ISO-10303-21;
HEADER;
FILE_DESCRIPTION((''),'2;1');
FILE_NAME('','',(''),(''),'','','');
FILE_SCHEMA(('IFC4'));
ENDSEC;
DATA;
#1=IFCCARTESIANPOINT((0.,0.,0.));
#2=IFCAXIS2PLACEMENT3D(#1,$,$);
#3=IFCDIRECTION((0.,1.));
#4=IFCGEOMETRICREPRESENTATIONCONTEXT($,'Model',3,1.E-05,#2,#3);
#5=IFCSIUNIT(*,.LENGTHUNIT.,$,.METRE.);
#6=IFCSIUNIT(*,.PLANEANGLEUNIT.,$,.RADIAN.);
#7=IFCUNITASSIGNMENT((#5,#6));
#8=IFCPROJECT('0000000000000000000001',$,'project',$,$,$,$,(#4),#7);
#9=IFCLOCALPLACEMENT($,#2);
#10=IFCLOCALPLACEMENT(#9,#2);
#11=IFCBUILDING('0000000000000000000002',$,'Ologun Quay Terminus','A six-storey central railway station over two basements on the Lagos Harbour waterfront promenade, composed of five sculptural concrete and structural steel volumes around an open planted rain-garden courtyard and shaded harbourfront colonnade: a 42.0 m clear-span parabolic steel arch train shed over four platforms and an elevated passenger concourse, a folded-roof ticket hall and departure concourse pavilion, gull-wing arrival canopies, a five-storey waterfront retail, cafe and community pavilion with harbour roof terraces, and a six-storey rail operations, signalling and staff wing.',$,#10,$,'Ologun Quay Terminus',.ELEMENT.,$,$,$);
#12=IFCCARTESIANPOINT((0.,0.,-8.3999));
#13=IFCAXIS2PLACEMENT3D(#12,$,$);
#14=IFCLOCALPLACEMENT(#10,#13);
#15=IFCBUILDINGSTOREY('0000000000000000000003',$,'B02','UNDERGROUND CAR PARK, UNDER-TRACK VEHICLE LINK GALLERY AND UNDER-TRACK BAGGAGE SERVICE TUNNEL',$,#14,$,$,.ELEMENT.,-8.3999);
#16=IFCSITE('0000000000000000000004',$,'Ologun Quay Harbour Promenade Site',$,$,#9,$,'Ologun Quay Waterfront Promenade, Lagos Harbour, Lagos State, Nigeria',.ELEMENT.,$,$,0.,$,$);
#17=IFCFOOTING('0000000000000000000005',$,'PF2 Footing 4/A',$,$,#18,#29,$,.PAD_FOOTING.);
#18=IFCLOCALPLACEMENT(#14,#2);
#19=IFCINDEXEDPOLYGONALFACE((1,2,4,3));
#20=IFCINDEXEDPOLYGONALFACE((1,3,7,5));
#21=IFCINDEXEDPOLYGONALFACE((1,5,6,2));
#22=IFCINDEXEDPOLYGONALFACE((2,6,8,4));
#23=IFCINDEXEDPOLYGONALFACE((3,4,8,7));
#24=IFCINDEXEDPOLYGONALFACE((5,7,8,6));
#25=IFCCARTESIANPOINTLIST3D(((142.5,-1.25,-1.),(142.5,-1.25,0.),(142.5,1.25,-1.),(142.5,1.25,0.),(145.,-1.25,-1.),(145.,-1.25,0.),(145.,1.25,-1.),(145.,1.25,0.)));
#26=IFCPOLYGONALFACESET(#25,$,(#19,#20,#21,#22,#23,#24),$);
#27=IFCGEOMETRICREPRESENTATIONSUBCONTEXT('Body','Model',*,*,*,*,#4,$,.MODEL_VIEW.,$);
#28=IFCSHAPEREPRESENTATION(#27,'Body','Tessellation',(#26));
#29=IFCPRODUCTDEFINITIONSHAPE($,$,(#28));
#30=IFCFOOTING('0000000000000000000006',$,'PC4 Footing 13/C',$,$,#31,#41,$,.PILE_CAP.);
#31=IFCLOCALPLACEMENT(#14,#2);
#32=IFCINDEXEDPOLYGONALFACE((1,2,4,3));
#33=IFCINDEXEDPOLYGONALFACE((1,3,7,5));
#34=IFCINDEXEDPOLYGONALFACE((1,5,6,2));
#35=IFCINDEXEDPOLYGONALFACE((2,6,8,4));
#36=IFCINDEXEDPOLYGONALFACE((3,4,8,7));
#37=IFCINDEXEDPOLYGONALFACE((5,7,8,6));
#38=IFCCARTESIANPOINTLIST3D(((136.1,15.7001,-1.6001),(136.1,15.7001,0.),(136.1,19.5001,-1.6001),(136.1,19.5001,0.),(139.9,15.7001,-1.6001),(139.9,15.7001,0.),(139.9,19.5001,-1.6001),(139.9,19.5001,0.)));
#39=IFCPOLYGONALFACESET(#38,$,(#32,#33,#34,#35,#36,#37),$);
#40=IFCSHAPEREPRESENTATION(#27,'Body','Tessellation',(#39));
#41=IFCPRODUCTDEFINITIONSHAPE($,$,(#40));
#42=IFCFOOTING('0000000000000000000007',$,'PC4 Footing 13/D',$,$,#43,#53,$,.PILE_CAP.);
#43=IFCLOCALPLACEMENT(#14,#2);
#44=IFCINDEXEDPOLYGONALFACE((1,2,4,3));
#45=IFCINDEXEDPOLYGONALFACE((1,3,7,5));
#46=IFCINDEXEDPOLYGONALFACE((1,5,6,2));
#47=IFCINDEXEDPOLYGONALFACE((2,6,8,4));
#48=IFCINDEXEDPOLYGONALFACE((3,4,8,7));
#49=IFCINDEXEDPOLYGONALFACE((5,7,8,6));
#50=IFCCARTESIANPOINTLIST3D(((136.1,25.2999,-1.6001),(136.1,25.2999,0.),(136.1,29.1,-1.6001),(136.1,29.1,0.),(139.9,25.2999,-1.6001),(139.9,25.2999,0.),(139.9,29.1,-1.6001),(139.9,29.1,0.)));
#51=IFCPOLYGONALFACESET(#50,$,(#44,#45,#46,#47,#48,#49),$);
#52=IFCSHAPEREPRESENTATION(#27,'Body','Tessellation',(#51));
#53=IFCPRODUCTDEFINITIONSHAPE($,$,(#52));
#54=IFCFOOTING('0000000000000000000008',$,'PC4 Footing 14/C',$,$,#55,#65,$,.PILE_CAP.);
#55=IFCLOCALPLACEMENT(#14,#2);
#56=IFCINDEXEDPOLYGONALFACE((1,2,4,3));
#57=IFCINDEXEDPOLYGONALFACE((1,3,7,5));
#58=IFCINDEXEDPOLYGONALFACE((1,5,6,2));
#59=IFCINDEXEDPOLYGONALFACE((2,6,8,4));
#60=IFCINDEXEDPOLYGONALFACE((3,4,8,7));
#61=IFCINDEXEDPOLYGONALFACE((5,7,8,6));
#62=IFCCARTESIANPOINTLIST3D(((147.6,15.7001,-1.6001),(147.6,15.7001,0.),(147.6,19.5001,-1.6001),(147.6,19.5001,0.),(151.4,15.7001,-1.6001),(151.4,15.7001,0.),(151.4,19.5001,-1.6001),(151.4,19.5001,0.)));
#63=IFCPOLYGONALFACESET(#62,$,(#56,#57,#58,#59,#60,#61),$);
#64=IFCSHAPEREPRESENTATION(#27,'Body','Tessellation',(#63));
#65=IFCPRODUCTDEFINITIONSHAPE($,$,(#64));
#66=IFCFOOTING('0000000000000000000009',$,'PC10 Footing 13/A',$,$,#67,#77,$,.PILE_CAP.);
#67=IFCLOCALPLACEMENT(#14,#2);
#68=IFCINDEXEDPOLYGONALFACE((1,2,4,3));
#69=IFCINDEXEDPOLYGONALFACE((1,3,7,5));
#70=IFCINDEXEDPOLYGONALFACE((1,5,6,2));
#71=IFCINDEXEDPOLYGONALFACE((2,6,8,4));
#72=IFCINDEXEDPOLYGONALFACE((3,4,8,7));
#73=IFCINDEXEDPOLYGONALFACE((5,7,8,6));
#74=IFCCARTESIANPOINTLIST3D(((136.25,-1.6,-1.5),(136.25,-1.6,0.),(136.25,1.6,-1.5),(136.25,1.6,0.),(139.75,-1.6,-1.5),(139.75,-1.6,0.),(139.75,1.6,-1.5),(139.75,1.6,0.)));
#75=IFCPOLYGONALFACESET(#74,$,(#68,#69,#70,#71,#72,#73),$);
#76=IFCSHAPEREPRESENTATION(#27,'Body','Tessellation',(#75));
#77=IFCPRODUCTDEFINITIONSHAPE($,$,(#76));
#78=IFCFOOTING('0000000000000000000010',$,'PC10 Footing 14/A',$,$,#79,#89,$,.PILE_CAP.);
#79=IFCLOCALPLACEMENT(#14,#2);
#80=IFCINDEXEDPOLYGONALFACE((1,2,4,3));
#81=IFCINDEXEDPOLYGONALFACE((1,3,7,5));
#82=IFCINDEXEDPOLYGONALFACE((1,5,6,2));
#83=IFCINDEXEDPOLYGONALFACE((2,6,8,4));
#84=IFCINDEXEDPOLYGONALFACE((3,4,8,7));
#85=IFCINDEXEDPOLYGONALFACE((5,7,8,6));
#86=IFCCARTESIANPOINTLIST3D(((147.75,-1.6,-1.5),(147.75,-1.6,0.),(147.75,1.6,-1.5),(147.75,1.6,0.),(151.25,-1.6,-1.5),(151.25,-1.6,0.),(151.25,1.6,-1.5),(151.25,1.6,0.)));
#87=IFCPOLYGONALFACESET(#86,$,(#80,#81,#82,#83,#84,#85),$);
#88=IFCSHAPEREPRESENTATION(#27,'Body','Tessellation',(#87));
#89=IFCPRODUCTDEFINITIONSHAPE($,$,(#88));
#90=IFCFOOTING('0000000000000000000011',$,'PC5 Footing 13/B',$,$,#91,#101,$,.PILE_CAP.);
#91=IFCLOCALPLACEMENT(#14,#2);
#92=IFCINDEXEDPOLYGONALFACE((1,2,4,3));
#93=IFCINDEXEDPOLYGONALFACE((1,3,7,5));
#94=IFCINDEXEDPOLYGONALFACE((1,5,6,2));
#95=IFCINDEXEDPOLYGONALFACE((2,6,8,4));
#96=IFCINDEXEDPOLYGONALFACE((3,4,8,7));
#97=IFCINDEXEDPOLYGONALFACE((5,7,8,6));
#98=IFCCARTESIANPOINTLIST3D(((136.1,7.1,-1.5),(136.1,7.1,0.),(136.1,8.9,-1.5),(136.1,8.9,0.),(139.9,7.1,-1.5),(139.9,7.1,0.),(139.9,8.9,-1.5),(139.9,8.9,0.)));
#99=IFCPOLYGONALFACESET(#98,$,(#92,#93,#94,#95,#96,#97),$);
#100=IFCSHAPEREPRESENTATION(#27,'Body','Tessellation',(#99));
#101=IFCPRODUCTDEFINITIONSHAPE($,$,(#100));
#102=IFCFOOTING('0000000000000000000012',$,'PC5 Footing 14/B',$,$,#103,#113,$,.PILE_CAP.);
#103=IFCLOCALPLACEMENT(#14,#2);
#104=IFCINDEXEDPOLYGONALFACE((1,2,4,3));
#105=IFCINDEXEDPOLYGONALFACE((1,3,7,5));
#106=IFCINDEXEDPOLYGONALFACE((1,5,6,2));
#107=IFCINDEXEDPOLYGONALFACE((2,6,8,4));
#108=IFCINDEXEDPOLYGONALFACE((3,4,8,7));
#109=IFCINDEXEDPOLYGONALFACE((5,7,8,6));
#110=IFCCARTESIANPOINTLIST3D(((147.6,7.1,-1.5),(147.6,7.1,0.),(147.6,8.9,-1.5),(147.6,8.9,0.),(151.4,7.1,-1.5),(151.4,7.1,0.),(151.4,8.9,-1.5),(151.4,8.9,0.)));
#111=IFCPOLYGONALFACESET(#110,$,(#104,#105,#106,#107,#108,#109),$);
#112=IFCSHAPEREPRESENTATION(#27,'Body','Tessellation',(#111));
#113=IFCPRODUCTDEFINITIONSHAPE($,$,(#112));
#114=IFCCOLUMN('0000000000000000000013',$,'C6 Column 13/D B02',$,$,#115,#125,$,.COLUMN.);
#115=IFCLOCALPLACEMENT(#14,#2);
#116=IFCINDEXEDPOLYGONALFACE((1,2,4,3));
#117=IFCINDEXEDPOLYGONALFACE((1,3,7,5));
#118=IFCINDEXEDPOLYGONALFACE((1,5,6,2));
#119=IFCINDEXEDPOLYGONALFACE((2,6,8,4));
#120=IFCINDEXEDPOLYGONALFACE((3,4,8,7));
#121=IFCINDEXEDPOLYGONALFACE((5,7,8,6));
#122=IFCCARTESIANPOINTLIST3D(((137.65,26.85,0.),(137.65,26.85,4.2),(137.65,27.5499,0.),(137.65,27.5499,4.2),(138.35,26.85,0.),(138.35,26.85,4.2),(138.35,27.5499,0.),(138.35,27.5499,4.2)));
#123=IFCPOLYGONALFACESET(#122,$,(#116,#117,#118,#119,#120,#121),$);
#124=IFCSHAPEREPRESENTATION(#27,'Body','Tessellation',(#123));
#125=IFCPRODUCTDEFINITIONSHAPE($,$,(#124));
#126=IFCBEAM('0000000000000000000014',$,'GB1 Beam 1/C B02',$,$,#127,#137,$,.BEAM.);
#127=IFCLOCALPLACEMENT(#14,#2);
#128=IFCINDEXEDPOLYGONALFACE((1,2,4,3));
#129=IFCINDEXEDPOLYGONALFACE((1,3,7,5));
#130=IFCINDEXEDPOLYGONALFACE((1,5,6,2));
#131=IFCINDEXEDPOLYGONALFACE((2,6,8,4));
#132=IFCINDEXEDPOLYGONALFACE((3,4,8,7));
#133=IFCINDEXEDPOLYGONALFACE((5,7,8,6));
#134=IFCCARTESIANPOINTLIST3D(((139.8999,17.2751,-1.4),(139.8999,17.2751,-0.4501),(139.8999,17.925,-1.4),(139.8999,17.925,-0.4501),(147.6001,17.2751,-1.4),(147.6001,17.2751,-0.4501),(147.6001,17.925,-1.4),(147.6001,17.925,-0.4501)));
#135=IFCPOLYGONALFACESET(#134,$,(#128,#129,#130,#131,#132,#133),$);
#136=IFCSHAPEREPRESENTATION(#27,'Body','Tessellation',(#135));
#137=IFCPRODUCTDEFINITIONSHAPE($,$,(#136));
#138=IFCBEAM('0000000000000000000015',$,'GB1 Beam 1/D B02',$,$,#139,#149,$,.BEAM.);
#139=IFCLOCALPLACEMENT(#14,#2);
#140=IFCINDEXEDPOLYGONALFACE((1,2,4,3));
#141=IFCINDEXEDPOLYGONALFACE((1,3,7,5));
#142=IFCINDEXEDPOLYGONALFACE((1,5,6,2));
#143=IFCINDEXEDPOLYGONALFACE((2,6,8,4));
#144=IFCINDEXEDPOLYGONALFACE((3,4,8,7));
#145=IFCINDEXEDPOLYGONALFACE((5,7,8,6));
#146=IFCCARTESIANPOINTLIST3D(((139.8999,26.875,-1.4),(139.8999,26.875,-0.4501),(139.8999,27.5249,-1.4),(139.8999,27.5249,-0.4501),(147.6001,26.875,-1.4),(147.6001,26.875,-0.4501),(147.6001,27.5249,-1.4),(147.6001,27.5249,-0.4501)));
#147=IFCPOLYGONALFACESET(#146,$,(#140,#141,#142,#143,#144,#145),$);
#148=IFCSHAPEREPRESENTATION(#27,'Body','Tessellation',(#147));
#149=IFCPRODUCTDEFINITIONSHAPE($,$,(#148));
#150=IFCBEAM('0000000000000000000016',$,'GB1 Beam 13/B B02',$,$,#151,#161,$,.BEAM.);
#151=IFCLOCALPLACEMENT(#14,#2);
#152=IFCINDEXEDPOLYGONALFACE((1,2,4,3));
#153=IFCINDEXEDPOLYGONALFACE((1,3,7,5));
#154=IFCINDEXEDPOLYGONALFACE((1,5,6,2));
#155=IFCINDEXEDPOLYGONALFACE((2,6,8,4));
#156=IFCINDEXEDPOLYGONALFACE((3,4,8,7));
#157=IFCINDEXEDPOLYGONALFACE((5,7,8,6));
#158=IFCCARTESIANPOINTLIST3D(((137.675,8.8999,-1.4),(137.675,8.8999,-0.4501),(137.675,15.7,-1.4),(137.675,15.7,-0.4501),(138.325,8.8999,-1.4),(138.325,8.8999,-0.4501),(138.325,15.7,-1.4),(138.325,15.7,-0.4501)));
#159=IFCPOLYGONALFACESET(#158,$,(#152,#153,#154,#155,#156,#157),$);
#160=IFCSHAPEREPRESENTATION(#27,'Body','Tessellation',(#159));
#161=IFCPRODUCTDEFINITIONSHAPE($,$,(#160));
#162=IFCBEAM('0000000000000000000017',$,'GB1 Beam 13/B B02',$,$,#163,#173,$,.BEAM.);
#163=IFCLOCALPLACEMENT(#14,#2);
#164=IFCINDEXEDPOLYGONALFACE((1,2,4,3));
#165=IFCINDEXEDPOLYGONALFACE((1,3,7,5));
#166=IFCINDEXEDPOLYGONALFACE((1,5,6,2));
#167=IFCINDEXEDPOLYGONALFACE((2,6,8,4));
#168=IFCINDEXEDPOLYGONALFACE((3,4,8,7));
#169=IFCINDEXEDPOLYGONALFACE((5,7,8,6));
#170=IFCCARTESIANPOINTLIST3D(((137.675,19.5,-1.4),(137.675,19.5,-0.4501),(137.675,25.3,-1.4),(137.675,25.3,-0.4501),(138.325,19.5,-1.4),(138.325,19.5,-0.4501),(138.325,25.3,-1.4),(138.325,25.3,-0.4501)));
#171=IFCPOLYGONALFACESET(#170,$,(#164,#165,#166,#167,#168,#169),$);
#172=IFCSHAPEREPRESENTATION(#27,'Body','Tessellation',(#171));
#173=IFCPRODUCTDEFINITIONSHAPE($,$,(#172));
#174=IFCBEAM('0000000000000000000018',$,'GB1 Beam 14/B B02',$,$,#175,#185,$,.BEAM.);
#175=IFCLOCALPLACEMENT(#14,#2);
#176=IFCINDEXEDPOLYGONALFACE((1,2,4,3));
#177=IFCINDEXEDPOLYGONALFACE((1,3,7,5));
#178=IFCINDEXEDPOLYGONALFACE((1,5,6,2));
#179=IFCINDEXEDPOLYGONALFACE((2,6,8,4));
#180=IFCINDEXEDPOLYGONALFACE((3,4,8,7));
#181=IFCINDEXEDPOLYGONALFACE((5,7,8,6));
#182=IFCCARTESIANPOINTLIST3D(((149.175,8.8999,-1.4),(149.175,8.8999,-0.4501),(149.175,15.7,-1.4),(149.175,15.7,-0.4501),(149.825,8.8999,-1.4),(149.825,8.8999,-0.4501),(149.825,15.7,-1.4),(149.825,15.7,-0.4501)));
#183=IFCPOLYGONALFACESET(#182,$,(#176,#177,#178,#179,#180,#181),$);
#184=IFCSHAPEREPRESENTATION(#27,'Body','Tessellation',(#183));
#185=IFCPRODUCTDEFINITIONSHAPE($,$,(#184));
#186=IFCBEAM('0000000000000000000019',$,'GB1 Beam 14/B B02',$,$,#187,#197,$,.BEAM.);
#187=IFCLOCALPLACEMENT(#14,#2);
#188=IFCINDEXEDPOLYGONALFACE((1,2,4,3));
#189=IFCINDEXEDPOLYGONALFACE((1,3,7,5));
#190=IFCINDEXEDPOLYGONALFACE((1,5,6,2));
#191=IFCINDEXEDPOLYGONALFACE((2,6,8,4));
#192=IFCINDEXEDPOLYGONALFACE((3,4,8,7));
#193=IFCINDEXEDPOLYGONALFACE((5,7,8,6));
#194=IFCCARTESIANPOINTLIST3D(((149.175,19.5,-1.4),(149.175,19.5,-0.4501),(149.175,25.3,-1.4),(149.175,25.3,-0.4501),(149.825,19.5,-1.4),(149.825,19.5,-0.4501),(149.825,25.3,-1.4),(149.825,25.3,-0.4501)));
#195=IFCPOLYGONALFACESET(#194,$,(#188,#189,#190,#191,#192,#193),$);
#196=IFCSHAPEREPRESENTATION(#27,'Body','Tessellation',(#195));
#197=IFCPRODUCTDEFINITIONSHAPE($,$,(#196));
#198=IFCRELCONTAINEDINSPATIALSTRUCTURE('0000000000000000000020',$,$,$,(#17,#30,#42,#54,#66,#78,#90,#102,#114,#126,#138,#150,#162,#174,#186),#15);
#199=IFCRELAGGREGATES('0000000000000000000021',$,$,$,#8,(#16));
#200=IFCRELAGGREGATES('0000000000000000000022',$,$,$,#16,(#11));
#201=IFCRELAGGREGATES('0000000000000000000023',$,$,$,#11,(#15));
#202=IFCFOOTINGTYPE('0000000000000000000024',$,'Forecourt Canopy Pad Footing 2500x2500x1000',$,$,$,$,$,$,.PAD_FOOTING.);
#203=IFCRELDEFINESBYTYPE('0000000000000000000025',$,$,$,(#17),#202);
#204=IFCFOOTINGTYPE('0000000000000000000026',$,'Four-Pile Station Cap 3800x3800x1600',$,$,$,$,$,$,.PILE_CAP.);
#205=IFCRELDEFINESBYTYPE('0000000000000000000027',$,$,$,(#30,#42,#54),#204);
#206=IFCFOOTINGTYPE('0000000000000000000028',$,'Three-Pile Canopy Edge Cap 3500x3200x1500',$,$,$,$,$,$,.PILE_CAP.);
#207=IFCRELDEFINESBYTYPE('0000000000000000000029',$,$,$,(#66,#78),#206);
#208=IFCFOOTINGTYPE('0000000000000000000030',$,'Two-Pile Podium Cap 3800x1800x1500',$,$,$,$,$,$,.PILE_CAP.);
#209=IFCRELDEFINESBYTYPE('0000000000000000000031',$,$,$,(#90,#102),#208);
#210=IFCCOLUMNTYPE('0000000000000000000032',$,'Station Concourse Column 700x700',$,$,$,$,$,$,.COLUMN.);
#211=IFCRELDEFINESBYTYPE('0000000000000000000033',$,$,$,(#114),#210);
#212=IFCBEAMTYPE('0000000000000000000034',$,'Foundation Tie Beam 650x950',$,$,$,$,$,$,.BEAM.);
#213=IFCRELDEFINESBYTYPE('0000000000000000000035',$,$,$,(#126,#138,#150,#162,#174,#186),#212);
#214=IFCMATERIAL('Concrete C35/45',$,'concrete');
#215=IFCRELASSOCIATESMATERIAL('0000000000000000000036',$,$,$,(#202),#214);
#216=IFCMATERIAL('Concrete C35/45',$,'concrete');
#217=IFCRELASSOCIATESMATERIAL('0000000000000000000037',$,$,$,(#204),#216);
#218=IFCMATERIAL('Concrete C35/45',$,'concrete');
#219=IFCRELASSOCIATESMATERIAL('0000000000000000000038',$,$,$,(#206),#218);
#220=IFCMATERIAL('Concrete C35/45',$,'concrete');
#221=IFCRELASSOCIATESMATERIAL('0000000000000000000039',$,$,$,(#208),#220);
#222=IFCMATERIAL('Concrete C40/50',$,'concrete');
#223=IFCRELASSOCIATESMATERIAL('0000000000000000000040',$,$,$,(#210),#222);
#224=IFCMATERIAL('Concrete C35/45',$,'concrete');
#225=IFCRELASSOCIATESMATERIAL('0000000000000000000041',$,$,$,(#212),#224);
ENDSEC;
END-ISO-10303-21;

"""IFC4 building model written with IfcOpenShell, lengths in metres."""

from ifc_helpers import new_model, si_unit, direction, frame, origin, origin_2d, place, context, subcontext, project, spatial, rectangle, extrude, material, material_profile, profile_set, type_object, element, save


model = new_model("IFC4")

# Units and contexts
model_context = context("Model", 3, precision=1e-05, world=origin(), true_north=direction((0.0, 1.0)))
body_context = subcontext(model_context, "Body", "Model", "MODEL_VIEW")
ifc_project = project(units=[si_unit("LENGTHUNIT", "METRE"), si_unit("PLANEANGLEUNIT", "RADIAN")], contexts=[model_context])

# Site, building, storey
site_placement = place(None, origin())
site = spatial("IfcSite", under=ifc_project, at=site_placement, Name="Ologun Quay Harbour Promenade Site", LongName="Ologun Quay Waterfront Promenade, Lagos Harbour, Lagos State, Nigeria", CompositionType="ELEMENT", RefElevation=0.0)
building_placement = place(site_placement, origin())
building = spatial("IfcBuilding", under=site, at=building_placement, Name="Ologun Quay Terminus", Description="A six-storey central railway station over two basements on the Lagos Harbour waterfront promenade, composed of five sculptural concrete and structural steel volumes around an open planted rain-garden courtyard and shaded harbourfront colonnade: a 42.0 m clear-span parabolic steel arch train shed over four platforms and an elevated passenger concourse, a folded-roof ticket hall and departure concourse pavilion, gull-wing arrival canopies, a five-storey waterfront retail, cafe and community pavilion with harbour roof terraces, and a six-storey rail operations, signalling and staff wing.", LongName="Ologun Quay Terminus", CompositionType="ELEMENT")
storey_placement = place(building_placement, frame((0.0, 0.0, -8.3999)))
storey = spatial("IfcBuildingStorey", under=building, at=storey_placement, Name="B02", Description="UNDERGROUND CAR PARK, UNDER-TRACK VEHICLE LINK GALLERY AND UNDER-TRACK BAGGAGE SERVICE TUNNEL", CompositionType="ELEMENT", Elevation=-8.3999)

# Footings
ifc_material_1 = material(Name="Concrete C35/45", Category="concrete")
footing_type_1 = type_object("IfcFootingType", Name="Forecourt Canopy Pad Footing 2500x2500x1000", PredefinedType="PAD_FOOTING", material=ifc_material_1)
footing_1_placement = place(storey_placement, frame((143.75, 0.0, -1.0), z_axis=(0.0, 0.0, 1.0), x_axis=(1.0, 0.0, 0.0)))
element("IfcFooting", 1, at=footing_1_placement, inside=storey, type_object=footing_type_1, Name="PF2 Footing 4/A", PredefinedType="PAD_FOOTING", context=body_context, shape_type="SweptSolid", body=[
    extrude(rectangle(XDim=2.5, YDim=2.5, at=origin_2d()), origin(), (0.0, 0.0, 1.0), 1.0),
])
ifc_material_2 = material(Name="Concrete C35/45", Category="concrete")
footing_type_2 = type_object("IfcFootingType", Name="Four-Pile Station Cap 3800x3800x1600", PredefinedType="PILE_CAP", material=ifc_material_2)
for number, where, z_axis, x_axis, name in (
    (2, (138.0, 17.6001, -1.6001), (0.0, 0.0, 1.0), (1.0, 0.0, 0.0), "PC4 Footing 13/C"),
    (3, (138.0, 27.2, -1.6001), (0.0, 0.0, 1.0), (1.0, 0.0, 0.0), "PC4 Footing 13/D"),
    (4, (149.5, 17.6001, -1.6001), (0.0, 0.0, 1.0), (1.0, 0.0, 0.0), "PC4 Footing 14/C"),
):
    element("IfcFooting", number, at=place(storey_placement, frame(where, z_axis=z_axis, x_axis=x_axis)), inside=storey, type_object=footing_type_2, Name=name, PredefinedType="PILE_CAP", context=body_context, shape_type="SweptSolid", body=[
        extrude(rectangle(XDim=3.8, YDim=3.8, at=origin_2d()), origin(), (0.0, 0.0, 1.0), 1.6001),
    ])
ifc_material_3 = material(Name="Concrete C35/45", Category="concrete")
footing_type_3 = type_object("IfcFootingType", Name="Three-Pile Canopy Edge Cap 3500x3200x1500", PredefinedType="PILE_CAP", material=ifc_material_3)
for number, where, z_axis, x_axis, name in (
    (5, (138.0, 0.0, -1.5), (0.0, 0.0, 1.0), (1.0, 0.0, 0.0), "PC10 Footing 13/A"),
    (6, (149.5, 0.0, -1.5), (0.0, 0.0, 1.0), (1.0, 0.0, 0.0), "PC10 Footing 14/A"),
):
    element("IfcFooting", number, at=place(storey_placement, frame(where, z_axis=z_axis, x_axis=x_axis)), inside=storey, type_object=footing_type_3, Name=name, PredefinedType="PILE_CAP", context=body_context, shape_type="SweptSolid", body=[
        extrude(rectangle(XDim=3.5, YDim=3.2, at=origin_2d()), origin(), (0.0, 0.0, 1.0), 1.5),
    ])
ifc_material_4 = material(Name="Concrete C35/45", Category="concrete")
footing_type_4 = type_object("IfcFootingType", Name="Two-Pile Podium Cap 3800x1800x1500", PredefinedType="PILE_CAP", material=ifc_material_4)
for number, where, z_axis, x_axis, name in (
    (7, (138.0, 8.0, -1.5), (0.0, 0.0, 1.0), (1.0, 0.0, 0.0), "PC5 Footing 13/B"),
    (8, (149.5, 8.0, -1.5), (0.0, 0.0, 1.0), (1.0, 0.0, 0.0), "PC5 Footing 14/B"),
):
    element("IfcFooting", number, at=place(storey_placement, frame(where, z_axis=z_axis, x_axis=x_axis)), inside=storey, type_object=footing_type_4, Name=name, PredefinedType="PILE_CAP", context=body_context, shape_type="SweptSolid", body=[
        extrude(rectangle(XDim=3.8, YDim=1.8, at=origin_2d()), origin(), (0.0, 0.0, 1.0), 1.5),
    ])

# Column
ifc_material_5 = material(Name="Concrete C40/50", Category="concrete")
ifc_material_profile_1 = material_profile(ifc_material_5, rectangle(XDim=0.7, YDim=0.7, at=origin_2d()), Name="RC 700x700")
ifc_profile_set_1 = profile_set([ifc_material_profile_1], Name="Concrete C40/50")
column_type = type_object("IfcColumnType", Name="Station Concourse Column 700x700", PredefinedType="COLUMN", material=ifc_profile_set_1)
column_placement = place(storey_placement, frame((138.0, 27.2, 0.0), z_axis=(0.0, 0.0, 1.0), x_axis=(1.0, 0.0, 0.0)))
element("IfcColumn", 9, at=column_placement, inside=storey, type_object=column_type, Name="C6 Column 13/D B02", PredefinedType="COLUMN", context=body_context, shape_type="SweptSolid", body=[
    extrude(rectangle(XDim=0.7, YDim=0.7, at=origin_2d()), origin(), (0.0, 0.0, 1.0), 4.2),
])

# Beams
ifc_material_6 = material(Name="Concrete C35/45", Category="concrete")
ifc_material_profile_2 = material_profile(ifc_material_6, rectangle(XDim=0.6499, YDim=0.95, at=origin_2d()), Name="RC 650x950")
ifc_profile_set_2 = profile_set([ifc_material_profile_2], Name="Concrete C35/45")
beam_type_1 = type_object("IfcBeamType", Name="Foundation Tie Beam 650x950", PredefinedType="BEAM", material=ifc_profile_set_2)
for number, where, z_axis, x_axis, name in (
    (10, (139.8999, 17.6001, -0.925), (1.0, 0.0, 0.0), (0.0, 1.0, 0.0), "GB1 Beam 1/C B02"),
    (11, (139.8999, 27.2, -0.925), (1.0, 0.0, 0.0), (0.0, 1.0, 0.0), "GB1 Beam 1/D B02"),
):
    element("IfcBeam", number, at=place(storey_placement, frame(where, z_axis=z_axis, x_axis=x_axis)), inside=storey, type_object=beam_type_1, Name=name, PredefinedType="BEAM", context=body_context, shape_type="SweptSolid", body=[
        extrude(rectangle(XDim=0.6499, YDim=0.95, at=origin_2d()), origin(), (0.0, 0.0, 1.0), 7.7002),
    ])
beam_1_placement = place(storey_placement, frame((138.0, 8.8999, -0.925), z_axis=(0.0, 1.0, 0.0), x_axis=(-1.0, 0.0, 0.0)))
element("IfcBeam", 12, at=beam_1_placement, inside=storey, type_object=beam_type_1, Name="GB1 Beam 13/B B02", PredefinedType="BEAM", context=body_context, shape_type="SweptSolid", body=[
    extrude(rectangle(XDim=0.6499, YDim=0.95, at=origin_2d()), origin(), (0.0, 0.0, 1.0), 6.8),
])
beam_2_placement = place(storey_placement, frame((138.0, 19.5, -0.925), z_axis=(0.0, 1.0, 0.0), x_axis=(-1.0, 0.0, 0.0)))
element("IfcBeam", 13, at=beam_2_placement, inside=storey, type_object=beam_type_1, Name="GB1 Beam 13/B B02", PredefinedType="BEAM", context=body_context, shape_type="SweptSolid", body=[
    extrude(rectangle(XDim=0.6499, YDim=0.95, at=origin_2d()), origin(), (0.0, 0.0, 1.0), 5.8),
])
beam_3_placement = place(storey_placement, frame((149.5, 8.8999, -0.925), z_axis=(0.0, 1.0, 0.0), x_axis=(-1.0, 0.0, 0.0)))
element("IfcBeam", 14, at=beam_3_placement, inside=storey, type_object=beam_type_1, Name="GB1 Beam 14/B B02", PredefinedType="BEAM", context=body_context, shape_type="SweptSolid", body=[
    extrude(rectangle(XDim=0.6499, YDim=0.95, at=origin_2d()), origin(), (0.0, 0.0, 1.0), 6.8),
])
beam_4_placement = place(storey_placement, frame((149.5, 19.5, -0.925), z_axis=(0.0, 1.0, 0.0), x_axis=(-1.0, 0.0, 0.0)))
element("IfcBeam", 15, at=beam_4_placement, inside=storey, type_object=beam_type_1, Name="GB1 Beam 14/B B02", PredefinedType="BEAM", context=body_context, shape_type="SweptSolid", body=[
    extrude(rectangle(XDim=0.6499, YDim=0.95, at=origin_2d()), origin(), (0.0, 0.0, 1.0), 5.8),
])

save(model, "model.ifc")
